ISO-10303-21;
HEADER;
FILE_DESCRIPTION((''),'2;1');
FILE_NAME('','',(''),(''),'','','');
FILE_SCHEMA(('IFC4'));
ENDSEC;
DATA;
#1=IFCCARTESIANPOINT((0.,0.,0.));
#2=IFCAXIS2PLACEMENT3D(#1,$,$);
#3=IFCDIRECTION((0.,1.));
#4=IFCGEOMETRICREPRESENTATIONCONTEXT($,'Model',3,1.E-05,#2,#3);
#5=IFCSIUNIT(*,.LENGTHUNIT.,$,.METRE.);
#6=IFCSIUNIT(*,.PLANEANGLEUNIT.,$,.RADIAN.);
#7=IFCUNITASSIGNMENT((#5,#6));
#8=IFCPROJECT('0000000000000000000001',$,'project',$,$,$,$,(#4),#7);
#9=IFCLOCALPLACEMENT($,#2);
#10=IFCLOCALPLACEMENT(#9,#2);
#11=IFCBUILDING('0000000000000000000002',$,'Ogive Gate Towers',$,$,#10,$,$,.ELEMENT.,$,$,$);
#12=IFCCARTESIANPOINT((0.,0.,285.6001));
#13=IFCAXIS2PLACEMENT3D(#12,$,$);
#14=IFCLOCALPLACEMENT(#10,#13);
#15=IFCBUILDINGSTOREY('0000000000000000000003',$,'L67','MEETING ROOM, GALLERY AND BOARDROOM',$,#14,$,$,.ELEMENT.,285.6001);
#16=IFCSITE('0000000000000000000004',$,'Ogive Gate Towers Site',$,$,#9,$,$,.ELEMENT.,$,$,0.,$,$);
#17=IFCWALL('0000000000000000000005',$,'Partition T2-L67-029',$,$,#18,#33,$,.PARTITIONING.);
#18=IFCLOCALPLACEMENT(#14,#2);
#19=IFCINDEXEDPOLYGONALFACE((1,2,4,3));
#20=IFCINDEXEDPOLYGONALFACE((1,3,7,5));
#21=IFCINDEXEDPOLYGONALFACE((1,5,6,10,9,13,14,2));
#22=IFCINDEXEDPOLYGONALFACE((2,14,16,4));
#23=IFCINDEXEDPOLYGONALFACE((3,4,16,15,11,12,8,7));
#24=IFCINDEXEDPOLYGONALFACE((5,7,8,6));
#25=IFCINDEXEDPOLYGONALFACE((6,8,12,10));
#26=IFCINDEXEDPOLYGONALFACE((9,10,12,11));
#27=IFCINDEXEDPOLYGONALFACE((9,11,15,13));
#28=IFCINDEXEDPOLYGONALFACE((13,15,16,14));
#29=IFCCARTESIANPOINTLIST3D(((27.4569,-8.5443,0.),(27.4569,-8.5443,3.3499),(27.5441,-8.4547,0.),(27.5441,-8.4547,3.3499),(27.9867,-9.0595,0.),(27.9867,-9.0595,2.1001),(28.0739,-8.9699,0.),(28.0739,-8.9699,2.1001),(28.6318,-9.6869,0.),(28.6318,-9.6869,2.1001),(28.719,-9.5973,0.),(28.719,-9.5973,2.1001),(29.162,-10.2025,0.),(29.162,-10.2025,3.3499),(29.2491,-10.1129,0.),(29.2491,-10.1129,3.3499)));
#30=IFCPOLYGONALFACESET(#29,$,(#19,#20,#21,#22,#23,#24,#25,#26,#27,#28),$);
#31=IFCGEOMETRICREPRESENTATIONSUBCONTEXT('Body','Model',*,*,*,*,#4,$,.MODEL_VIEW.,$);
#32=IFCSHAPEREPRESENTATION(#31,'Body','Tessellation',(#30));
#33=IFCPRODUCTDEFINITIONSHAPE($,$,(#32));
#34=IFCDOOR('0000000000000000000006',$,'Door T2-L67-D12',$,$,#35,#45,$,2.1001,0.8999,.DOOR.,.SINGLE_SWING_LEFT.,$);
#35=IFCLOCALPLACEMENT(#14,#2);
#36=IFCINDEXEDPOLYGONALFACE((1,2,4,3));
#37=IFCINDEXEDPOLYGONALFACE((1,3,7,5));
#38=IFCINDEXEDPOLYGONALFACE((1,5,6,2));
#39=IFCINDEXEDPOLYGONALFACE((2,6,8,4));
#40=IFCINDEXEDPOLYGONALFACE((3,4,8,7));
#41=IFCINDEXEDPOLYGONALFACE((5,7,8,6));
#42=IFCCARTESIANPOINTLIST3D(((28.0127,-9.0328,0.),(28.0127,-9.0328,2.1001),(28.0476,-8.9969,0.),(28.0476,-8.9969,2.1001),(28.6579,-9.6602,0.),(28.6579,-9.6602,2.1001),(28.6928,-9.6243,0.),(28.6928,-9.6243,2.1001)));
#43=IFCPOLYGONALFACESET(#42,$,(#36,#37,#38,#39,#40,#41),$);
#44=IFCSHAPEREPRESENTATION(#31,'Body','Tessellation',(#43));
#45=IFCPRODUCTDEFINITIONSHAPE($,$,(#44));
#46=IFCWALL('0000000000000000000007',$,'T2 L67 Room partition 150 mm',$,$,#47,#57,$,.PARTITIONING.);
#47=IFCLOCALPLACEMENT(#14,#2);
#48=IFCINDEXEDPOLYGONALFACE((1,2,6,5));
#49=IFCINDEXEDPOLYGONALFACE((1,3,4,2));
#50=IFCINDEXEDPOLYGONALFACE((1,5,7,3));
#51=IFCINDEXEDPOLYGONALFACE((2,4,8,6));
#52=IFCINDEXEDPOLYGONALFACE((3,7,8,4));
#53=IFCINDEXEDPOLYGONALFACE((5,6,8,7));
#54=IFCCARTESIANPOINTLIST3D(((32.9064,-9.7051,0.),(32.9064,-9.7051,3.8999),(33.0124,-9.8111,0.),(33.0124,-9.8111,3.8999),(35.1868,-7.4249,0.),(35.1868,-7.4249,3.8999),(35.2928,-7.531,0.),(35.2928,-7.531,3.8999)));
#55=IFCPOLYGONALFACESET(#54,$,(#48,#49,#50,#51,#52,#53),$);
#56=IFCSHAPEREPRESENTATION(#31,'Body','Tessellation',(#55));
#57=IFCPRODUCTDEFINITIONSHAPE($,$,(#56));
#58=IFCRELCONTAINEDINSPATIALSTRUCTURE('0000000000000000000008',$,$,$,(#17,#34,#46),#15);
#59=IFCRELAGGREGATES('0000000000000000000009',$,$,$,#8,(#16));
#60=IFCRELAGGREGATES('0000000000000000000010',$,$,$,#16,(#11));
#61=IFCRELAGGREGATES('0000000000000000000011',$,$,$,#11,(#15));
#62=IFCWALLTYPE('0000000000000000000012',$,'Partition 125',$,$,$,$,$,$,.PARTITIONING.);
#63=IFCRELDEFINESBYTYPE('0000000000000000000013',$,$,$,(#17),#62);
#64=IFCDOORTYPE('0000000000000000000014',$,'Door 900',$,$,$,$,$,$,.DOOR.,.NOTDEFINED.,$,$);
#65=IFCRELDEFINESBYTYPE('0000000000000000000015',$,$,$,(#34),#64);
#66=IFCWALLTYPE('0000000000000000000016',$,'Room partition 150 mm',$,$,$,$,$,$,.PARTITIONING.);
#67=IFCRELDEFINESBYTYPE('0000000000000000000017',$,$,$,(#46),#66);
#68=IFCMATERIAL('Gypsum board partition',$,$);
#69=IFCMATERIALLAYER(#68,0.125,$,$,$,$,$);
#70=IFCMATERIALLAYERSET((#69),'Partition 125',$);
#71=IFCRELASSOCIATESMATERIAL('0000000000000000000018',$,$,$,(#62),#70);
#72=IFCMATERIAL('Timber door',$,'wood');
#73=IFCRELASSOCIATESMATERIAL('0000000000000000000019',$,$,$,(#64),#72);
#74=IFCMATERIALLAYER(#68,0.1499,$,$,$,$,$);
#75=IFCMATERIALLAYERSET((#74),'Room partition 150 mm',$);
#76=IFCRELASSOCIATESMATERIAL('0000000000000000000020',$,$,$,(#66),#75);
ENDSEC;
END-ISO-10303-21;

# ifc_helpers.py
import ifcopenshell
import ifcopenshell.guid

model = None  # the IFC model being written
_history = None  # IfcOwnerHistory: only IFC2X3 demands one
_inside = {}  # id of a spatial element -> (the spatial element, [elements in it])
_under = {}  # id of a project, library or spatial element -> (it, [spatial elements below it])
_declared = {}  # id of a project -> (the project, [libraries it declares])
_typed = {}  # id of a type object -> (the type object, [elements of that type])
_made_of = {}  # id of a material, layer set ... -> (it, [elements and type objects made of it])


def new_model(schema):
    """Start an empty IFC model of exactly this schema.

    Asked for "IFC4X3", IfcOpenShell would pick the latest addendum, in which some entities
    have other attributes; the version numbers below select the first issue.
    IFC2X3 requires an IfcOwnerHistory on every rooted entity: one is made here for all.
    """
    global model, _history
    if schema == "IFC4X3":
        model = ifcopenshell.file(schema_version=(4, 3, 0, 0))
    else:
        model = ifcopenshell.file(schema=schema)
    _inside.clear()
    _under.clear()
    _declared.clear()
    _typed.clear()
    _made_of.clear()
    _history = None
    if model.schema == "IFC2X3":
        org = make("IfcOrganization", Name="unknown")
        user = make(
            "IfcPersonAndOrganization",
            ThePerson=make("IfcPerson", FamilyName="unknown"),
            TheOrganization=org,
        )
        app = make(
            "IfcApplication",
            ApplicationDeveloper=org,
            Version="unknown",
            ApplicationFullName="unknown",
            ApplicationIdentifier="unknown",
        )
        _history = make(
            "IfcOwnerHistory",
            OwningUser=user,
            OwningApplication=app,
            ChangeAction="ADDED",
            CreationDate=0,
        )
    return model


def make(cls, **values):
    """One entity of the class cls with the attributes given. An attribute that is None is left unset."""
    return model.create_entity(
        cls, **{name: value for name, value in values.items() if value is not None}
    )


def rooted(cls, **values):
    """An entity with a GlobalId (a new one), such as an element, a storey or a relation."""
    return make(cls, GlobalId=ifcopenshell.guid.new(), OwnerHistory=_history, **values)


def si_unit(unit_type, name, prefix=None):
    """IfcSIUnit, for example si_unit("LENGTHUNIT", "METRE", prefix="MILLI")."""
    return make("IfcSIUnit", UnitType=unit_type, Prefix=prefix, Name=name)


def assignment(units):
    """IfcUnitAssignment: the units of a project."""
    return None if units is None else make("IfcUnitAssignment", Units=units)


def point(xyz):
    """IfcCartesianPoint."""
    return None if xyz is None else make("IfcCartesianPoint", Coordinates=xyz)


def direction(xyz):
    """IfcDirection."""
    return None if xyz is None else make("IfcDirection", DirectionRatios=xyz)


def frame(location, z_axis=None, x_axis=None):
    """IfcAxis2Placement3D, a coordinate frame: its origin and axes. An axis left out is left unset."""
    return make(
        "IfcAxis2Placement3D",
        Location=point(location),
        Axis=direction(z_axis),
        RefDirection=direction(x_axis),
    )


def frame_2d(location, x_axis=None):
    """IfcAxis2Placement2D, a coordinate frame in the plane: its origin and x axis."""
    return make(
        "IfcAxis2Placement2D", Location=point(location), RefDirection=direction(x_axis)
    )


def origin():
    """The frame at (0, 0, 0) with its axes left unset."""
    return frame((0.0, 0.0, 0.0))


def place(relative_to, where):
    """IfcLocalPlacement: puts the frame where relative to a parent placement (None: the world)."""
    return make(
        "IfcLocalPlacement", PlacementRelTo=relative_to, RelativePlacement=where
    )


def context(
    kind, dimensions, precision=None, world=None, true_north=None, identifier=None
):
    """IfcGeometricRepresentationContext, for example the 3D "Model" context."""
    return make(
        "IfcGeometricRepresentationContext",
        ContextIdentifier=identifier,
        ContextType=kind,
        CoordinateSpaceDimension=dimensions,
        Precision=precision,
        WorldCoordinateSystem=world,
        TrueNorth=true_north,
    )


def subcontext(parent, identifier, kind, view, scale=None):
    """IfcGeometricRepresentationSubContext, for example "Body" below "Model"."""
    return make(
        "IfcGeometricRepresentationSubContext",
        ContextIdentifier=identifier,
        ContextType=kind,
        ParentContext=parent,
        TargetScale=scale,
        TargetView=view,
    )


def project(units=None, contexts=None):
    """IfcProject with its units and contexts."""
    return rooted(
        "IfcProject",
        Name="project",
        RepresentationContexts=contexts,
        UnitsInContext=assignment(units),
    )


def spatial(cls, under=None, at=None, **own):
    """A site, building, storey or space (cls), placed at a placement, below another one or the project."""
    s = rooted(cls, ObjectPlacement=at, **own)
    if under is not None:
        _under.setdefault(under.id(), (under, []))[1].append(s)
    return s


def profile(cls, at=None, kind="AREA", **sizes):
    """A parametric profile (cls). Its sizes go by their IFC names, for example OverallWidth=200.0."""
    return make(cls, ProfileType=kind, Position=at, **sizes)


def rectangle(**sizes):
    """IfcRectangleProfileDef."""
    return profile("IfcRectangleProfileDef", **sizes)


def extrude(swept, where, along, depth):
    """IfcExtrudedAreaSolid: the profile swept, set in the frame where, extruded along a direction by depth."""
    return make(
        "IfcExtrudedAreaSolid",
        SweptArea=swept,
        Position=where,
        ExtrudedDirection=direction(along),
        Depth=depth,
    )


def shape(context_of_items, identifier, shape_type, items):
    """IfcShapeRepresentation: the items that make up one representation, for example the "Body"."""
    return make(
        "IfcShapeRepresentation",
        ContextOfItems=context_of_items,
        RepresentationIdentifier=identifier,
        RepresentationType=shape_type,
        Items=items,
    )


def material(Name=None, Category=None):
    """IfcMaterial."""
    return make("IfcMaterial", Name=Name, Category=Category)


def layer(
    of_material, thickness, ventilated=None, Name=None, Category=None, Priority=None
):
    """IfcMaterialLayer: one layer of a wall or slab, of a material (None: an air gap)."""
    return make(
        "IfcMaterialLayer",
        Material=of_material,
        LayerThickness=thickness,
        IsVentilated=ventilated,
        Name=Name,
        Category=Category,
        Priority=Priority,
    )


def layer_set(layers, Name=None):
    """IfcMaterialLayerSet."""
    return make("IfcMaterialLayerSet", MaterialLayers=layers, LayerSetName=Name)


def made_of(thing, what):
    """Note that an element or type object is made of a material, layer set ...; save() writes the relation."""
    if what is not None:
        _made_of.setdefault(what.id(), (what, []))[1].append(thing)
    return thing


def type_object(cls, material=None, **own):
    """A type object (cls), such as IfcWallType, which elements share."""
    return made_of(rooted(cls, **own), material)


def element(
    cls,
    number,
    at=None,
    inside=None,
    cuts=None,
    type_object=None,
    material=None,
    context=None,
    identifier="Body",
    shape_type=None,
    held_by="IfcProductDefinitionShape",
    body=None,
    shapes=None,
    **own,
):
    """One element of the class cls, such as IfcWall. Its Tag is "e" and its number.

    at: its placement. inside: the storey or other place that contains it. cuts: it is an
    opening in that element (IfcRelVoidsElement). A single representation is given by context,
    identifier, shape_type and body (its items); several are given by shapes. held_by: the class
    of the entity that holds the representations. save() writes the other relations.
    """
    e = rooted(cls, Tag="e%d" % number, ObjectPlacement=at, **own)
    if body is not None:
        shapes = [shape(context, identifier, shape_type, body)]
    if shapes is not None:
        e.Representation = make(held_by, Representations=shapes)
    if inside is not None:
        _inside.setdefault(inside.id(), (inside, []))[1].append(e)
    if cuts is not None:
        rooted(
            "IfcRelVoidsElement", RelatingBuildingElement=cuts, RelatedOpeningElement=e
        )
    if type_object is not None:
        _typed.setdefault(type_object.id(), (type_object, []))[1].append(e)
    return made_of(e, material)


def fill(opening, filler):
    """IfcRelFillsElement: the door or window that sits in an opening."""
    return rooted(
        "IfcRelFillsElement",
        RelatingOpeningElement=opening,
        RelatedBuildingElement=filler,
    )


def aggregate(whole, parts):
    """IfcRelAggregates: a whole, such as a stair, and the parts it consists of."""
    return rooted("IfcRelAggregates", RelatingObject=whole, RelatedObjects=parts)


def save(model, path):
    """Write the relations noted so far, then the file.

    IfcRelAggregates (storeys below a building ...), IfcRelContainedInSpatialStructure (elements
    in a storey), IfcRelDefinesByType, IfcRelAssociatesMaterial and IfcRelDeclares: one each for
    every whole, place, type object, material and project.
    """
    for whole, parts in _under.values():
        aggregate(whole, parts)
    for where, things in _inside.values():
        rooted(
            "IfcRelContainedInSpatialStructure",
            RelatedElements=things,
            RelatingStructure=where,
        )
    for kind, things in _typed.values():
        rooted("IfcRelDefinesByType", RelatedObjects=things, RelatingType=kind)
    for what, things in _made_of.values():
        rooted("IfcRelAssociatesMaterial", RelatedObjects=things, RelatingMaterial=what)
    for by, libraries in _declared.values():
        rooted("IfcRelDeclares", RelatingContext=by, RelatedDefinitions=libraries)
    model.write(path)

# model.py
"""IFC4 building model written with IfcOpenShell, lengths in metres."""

from ifc_helpers import new_model, si_unit, direction, frame, frame_2d, origin, place, context, subcontext, project, spatial, rectangle, extrude, material, layer, layer_set, type_object, element, fill, save


model = new_model("IFC4")

# Units and contexts
model_context = context("Model", 3, precision=1e-05, world=origin(), true_north=direction((0.0, 1.0)))
body_context = subcontext(model_context, "Body", "Model", "MODEL_VIEW")
ifc_project = project(units=[si_unit("LENGTHUNIT", "METRE"), si_unit("PLANEANGLEUNIT", "RADIAN")], contexts=[model_context])

# Site, building, storey
site_placement = place(None, origin())
site = spatial("IfcSite", under=ifc_project, at=site_placement, Name="Ogive Gate Towers Site", CompositionType="ELEMENT", RefElevation=0.0)
building_placement = place(site_placement, origin())
building = spatial("IfcBuilding", under=site, at=building_placement, Name="Ogive Gate Towers", CompositionType="ELEMENT")
storey_placement = place(building_placement, frame((0.0, 0.0, 285.6001)))
storey = spatial("IfcBuildingStorey", under=building, at=storey_placement, Name="L67", Description="MEETING ROOM, GALLERY AND BOARDROOM", CompositionType="ELEMENT", Elevation=285.6001)

# Shared definitions
ifc_material_1 = material(Name="Timber door", Category="wood")

# Wall, opening, door
ifc_material_2 = material(Name="Gypsum board partition")
ifc_layer_1 = layer(ifc_material_2, 0.125)
ifc_layer_set_1 = layer_set([ifc_layer_1], Name="Partition 125")
wall_type_1 = type_object("IfcWallType", Name="Partition 125", PredefinedType="PARTITIONING", material=ifc_layer_set_1)
wall_1_placement = place(storey_placement, frame((27.5005, -8.4995, 0.0), z_axis=(0.0, 0.0, 1.0), x_axis=(0.716892, -0.697184, 0.0)))
wall_1 = element("IfcWall", 1, at=wall_1_placement, inside=storey, type_object=wall_type_1, Name="Partition T2-L67-029", PredefinedType="PARTITIONING", context=body_context, shape_type="SweptSolid", body=[
    extrude(rectangle(XDim=2.3784, YDim=0.125, at=frame_2d((1.1892, 0.0))), origin(), (0.0, 0.0, 1.0), 3.3499),
])
opening_1_placement = place(wall_1_placement, frame((0.739, 0.0, 0.0)))
opening_1 = element("IfcOpeningElement", 2, at=opening_1_placement, cuts=wall_1, PredefinedType="OPENING", context=body_context, shape_type="SweptSolid", body=[
    extrude(rectangle(XDim=0.8999, YDim=2.1001, at=frame_2d((0.45, 1.05))), frame((0.0, 0.0725, 0.0), z_axis=(0.0, -1.0, 0.0), x_axis=(1.0, 0.0, 0.0)), (0.0, 0.0, 1.0), 0.145),
])
door_type_1 = type_object("IfcDoorType", Name="Door 900", OperationType="NOTDEFINED", PredefinedType="DOOR", material=ifc_material_1)
door_1_placement = place(opening_1_placement, origin())
door_1 = element("IfcDoor", 3, at=door_1_placement, inside=storey, type_object=door_type_1, Name="Door T2-L67-D12", OperationType="SINGLE_SWING_LEFT", OverallHeight=2.1001, OverallWidth=0.8999, PredefinedType="DOOR", context=body_context, shape_type="SweptSolid", body=[
    extrude(rectangle(XDim=0.8999, YDim=2.1001, at=frame_2d((0.45, 1.05))), frame((0.0, 0.0249, 0.0), z_axis=(0.0, -1.0, 0.0), x_axis=(1.0, 0.0, 0.0)), (0.0, 0.0, 1.0), 0.05),
])
fill(opening_1, door_1)

# Wall
ifc_layer_2 = layer(ifc_material_2, 0.1499)
ifc_layer_set_2 = layer_set([ifc_layer_2], Name="Room partition 150 mm")
wall_type_2 = type_object("IfcWallType", Name="Room partition 150 mm", PredefinedType="PARTITIONING", material=ifc_layer_set_2)
wall_2_placement = place(storey_placement, frame((32.9595, -9.7581, 0.0), z_axis=(0.0, 0.0, 1.0), x_axis=(0.707145, 0.707069, 0.0)))
element("IfcWall", 4, at=wall_2_placement, inside=storey, type_object=wall_type_2, Name="T2 L67 Room partition 150 mm", PredefinedType="PARTITIONING", context=body_context, shape_type="SweptSolid", body=[
    extrude(rectangle(XDim=3.2249, YDim=0.1499, at=frame_2d((1.6123, 0.0))), origin(), (0.0, 0.0, 1.0), 3.8999),
])

save(model, "model.ifc")
